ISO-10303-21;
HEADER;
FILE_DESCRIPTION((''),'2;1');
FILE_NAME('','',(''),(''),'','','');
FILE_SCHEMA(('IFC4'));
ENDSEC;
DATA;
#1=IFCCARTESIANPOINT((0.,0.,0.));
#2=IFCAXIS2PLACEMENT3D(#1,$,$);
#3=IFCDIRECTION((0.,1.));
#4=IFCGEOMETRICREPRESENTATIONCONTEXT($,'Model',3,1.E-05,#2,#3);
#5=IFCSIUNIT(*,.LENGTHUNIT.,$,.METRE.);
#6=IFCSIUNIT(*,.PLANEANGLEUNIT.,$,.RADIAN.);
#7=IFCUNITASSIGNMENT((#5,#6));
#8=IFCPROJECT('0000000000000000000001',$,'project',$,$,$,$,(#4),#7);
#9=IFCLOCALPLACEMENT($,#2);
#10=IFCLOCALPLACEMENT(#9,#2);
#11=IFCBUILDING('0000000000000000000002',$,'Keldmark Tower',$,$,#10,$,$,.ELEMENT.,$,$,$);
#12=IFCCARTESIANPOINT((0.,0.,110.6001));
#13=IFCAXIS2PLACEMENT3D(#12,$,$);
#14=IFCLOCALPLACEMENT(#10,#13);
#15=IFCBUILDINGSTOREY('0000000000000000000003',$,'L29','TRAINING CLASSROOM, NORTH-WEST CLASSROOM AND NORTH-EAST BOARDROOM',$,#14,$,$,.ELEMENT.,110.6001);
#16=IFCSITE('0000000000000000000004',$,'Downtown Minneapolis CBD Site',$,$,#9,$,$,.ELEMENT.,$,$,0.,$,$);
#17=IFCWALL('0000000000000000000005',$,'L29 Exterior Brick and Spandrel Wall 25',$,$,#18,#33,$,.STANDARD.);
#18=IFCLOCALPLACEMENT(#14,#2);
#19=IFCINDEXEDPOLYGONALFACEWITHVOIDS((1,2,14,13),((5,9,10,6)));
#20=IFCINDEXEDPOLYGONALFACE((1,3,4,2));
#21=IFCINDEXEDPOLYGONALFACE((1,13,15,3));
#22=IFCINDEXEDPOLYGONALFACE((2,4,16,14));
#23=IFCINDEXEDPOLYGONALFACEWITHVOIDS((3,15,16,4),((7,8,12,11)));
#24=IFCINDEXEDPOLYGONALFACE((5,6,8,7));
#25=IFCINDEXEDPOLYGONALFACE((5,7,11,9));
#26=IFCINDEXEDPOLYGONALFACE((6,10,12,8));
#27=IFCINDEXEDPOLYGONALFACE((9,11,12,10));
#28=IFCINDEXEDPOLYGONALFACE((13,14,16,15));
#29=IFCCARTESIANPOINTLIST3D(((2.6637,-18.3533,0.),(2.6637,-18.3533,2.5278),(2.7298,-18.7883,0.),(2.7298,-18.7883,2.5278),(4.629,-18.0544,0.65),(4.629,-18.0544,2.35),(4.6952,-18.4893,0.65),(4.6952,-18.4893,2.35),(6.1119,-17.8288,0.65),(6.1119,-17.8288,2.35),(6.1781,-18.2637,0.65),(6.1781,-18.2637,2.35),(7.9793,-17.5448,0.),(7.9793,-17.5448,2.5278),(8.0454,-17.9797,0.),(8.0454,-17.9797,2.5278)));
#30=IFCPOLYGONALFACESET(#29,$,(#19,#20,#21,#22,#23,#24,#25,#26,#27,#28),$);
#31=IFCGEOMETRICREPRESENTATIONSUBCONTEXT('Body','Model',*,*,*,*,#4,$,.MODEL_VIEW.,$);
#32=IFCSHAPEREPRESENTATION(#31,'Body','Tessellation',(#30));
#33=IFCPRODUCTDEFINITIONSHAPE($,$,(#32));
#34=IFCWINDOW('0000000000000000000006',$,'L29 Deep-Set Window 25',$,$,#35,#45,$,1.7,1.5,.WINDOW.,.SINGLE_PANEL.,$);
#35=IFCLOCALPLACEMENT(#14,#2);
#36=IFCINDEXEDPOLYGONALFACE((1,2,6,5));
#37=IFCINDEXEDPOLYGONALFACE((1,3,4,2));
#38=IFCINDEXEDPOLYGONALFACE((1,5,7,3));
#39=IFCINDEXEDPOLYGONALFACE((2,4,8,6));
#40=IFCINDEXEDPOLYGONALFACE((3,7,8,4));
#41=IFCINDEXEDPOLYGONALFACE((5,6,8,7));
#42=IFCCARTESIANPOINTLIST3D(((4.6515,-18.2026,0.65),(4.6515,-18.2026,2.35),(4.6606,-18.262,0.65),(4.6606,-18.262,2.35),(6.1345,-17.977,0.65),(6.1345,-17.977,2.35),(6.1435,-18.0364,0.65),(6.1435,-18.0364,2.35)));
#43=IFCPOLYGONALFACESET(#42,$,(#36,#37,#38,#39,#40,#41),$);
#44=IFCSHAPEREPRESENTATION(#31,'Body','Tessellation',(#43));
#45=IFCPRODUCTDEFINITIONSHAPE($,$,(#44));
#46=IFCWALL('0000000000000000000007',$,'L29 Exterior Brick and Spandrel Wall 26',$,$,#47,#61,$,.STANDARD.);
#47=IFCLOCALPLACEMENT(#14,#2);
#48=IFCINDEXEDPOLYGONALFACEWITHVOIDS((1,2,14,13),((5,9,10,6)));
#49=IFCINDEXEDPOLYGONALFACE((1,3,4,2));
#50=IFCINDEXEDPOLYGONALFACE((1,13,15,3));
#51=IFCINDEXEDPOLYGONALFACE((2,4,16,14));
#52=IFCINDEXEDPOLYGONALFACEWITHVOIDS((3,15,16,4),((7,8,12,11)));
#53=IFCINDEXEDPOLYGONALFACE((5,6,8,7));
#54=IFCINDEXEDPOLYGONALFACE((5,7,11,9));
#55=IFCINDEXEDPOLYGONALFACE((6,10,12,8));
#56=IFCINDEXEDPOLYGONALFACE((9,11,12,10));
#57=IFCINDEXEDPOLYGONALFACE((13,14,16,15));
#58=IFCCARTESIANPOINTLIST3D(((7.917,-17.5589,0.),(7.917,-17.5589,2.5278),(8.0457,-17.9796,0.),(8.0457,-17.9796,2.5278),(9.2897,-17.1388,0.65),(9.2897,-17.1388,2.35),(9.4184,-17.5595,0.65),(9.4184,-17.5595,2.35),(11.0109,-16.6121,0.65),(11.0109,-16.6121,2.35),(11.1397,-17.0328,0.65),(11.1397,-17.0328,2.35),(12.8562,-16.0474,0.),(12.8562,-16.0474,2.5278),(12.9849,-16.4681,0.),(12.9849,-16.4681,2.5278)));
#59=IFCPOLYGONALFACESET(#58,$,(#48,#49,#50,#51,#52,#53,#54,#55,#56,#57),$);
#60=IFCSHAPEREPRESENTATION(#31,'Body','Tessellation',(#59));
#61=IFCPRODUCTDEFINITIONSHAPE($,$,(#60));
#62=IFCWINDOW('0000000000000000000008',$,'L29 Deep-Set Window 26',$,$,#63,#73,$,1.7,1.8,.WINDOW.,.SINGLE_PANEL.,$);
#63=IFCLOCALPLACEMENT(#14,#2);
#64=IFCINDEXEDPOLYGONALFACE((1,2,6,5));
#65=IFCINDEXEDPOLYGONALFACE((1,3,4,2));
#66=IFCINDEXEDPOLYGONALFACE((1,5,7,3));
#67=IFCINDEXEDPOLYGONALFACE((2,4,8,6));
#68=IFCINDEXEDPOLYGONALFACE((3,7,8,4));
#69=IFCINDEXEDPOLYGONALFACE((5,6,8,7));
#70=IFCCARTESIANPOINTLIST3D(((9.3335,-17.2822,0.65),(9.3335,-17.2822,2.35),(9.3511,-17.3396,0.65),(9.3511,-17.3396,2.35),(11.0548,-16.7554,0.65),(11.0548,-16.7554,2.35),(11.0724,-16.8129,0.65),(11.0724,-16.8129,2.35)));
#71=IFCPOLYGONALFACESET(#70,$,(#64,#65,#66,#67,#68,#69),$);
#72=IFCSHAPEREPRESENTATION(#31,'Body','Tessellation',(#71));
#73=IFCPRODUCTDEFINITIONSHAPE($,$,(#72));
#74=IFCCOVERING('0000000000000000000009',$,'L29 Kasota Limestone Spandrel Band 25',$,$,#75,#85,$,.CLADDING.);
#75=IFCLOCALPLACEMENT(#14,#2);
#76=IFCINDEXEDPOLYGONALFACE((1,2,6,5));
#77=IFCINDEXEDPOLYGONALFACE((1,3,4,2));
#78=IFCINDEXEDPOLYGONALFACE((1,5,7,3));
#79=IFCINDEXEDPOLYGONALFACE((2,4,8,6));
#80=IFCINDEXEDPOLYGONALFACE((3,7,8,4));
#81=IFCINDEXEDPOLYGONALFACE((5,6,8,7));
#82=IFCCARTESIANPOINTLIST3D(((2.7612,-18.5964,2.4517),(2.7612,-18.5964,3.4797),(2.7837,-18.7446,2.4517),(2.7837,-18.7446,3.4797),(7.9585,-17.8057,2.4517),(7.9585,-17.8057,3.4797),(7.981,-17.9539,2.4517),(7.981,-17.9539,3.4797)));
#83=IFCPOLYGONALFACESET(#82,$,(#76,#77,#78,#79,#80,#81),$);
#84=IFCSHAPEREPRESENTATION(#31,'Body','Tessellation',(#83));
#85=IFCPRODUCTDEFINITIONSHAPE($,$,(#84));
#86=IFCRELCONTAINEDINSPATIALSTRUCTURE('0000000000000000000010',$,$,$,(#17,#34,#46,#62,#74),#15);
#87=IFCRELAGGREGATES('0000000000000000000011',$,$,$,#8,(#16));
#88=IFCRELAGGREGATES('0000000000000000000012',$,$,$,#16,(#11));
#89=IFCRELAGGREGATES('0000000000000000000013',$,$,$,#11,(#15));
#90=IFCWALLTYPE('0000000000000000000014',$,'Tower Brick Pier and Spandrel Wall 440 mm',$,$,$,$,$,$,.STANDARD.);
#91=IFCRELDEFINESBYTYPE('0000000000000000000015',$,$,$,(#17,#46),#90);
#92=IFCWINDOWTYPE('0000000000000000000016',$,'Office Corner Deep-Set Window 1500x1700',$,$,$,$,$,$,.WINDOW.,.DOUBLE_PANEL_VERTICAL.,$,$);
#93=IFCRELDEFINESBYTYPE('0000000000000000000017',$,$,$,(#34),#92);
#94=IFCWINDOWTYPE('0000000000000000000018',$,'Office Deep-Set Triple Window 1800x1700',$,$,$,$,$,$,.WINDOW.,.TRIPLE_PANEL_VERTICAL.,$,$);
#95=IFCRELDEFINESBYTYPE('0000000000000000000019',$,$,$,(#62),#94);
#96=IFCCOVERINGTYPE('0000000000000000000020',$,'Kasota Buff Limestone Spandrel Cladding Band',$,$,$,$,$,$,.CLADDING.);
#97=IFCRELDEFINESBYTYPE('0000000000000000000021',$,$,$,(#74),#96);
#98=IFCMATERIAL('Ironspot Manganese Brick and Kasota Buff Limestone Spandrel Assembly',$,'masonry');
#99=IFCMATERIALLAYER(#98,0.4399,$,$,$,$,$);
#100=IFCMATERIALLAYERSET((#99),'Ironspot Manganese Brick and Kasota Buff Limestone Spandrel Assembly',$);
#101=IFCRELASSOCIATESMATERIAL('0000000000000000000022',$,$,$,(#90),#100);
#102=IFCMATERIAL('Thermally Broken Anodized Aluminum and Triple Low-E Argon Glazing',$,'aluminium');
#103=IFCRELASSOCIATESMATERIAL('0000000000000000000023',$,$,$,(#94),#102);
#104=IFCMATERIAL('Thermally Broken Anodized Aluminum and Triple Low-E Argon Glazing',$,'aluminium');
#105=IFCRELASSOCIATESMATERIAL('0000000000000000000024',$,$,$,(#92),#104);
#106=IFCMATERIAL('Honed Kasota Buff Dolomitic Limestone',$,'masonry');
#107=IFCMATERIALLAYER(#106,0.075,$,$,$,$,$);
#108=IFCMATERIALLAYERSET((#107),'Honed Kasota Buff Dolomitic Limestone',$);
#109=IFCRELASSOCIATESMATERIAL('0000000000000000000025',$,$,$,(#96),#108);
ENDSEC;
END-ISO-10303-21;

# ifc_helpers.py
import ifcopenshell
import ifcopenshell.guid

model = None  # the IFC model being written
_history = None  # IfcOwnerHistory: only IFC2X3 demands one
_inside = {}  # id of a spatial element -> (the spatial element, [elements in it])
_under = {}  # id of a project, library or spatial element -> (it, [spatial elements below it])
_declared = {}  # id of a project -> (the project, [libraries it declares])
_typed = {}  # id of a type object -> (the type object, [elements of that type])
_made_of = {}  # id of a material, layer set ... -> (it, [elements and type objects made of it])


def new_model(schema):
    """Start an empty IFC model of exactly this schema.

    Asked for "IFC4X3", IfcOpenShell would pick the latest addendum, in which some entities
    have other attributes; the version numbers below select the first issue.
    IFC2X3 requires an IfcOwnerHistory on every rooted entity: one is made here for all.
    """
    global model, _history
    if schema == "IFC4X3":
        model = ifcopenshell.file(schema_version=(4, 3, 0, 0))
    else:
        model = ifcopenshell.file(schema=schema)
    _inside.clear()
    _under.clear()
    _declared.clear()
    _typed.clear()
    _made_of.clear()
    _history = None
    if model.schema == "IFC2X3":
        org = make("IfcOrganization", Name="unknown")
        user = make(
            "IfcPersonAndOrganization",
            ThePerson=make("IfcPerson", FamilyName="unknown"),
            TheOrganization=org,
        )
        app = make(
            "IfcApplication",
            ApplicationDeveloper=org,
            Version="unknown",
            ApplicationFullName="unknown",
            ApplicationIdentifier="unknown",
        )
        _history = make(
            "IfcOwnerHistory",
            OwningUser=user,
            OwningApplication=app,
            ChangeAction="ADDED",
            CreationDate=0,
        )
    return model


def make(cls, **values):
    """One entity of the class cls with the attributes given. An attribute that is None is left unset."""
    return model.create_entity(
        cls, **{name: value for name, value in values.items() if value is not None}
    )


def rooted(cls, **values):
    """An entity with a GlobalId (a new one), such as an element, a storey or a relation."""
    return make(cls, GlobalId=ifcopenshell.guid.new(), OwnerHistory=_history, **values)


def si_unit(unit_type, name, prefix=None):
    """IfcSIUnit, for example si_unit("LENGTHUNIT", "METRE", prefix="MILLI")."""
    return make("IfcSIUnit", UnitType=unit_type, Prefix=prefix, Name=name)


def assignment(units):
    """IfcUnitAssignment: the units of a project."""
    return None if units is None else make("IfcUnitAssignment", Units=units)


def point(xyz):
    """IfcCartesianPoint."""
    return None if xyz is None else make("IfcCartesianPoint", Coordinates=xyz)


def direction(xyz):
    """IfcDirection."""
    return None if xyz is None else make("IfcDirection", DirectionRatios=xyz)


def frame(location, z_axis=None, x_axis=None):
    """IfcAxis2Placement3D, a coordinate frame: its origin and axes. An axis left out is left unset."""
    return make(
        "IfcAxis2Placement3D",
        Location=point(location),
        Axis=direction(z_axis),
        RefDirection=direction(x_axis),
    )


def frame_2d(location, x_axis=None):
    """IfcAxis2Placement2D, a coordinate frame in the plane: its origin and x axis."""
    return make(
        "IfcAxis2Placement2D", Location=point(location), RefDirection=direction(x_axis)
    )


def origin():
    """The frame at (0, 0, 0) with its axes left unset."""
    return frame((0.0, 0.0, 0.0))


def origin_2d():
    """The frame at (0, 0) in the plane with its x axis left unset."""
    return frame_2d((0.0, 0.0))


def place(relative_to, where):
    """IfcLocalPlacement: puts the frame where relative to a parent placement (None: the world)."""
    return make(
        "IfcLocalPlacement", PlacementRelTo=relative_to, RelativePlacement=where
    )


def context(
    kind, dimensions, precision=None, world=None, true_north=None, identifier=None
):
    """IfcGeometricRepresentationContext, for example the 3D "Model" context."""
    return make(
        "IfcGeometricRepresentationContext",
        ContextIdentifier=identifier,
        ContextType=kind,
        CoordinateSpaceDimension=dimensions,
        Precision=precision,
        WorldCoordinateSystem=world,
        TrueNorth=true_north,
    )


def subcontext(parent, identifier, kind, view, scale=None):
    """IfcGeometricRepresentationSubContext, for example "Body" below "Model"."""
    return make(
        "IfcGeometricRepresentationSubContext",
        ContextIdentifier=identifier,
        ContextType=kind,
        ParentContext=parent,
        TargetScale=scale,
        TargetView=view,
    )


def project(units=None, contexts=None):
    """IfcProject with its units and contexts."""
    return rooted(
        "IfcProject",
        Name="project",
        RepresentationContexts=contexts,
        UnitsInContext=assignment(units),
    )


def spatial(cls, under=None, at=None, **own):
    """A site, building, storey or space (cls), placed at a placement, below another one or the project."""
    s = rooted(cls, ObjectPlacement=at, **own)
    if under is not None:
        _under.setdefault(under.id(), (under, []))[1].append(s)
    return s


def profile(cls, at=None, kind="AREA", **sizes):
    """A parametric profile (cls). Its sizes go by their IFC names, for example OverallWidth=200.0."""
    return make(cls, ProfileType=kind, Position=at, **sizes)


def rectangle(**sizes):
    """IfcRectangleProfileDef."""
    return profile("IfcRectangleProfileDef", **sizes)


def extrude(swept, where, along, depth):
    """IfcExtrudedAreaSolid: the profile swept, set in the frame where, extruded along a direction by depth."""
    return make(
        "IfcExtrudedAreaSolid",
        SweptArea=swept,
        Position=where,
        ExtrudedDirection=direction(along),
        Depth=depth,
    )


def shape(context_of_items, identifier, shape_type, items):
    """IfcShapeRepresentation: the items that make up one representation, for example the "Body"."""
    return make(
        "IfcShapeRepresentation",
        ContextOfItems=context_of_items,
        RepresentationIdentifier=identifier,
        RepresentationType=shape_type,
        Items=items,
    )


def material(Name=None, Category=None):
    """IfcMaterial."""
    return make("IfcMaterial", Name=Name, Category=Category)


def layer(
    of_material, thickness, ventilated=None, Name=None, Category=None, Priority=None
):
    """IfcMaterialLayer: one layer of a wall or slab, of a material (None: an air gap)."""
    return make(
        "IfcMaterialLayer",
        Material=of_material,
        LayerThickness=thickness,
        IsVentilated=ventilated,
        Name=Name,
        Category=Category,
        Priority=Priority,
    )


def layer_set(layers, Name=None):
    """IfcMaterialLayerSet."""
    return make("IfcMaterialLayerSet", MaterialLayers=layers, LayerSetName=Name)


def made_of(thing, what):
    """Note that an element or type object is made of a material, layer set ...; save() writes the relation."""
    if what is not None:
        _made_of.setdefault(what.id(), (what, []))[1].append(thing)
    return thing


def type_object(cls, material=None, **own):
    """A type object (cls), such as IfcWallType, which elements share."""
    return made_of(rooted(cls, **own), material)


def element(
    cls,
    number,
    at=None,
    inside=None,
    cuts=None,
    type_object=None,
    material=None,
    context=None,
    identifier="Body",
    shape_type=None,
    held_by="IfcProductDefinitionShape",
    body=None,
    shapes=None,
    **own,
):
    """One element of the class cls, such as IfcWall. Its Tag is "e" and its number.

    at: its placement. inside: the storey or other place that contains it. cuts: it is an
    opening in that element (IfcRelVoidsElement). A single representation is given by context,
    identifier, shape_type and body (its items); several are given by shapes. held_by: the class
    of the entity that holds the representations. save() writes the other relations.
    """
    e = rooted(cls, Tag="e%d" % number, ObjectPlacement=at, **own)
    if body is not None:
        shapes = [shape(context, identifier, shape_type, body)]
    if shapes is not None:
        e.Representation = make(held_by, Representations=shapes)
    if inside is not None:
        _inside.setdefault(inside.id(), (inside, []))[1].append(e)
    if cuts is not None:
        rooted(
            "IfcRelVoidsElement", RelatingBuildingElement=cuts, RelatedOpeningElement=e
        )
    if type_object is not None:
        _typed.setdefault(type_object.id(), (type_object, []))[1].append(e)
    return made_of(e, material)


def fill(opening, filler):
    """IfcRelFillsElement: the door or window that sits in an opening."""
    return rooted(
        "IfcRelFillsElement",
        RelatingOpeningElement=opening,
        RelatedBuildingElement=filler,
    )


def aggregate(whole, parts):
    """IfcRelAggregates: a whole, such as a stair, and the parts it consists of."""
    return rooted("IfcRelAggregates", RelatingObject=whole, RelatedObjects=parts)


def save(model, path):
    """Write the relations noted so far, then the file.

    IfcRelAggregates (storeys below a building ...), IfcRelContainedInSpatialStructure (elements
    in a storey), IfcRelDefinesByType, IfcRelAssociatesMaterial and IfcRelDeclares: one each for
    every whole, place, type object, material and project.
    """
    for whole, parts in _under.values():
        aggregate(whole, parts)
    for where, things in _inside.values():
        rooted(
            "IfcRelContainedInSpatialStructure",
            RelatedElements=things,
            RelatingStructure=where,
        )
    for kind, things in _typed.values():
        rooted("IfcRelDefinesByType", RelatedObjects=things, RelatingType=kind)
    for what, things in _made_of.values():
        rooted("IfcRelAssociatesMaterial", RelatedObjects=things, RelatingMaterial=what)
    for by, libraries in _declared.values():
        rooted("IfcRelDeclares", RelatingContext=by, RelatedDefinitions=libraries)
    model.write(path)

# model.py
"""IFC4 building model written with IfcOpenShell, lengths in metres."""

from ifc_helpers import new_model, si_unit, direction, frame, frame_2d, origin, origin_2d, place, context, subcontext, project, spatial, rectangle, extrude, material, layer, layer_set, type_object, element, fill, save


model = new_model("IFC4")

# Units and contexts
model_context = context("Model", 3, precision=1e-05, world=origin(), true_north=direction((0.0, 1.0)))
body_context = subcontext(model_context, "Body", "Model", "MODEL_VIEW")
ifc_project = project(units=[si_unit("LENGTHUNIT", "METRE"), si_unit("PLANEANGLEUNIT", "RADIAN")], contexts=[model_context])

# Site, building, storey
site_placement = place(None, origin())
site = spatial("IfcSite", under=ifc_project, at=site_placement, Name="Downtown Minneapolis CBD Site", CompositionType="ELEMENT", RefElevation=0.0)
building_placement = place(site_placement, origin())
building = spatial("IfcBuilding", under=site, at=building_placement, Name="Keldmark Tower", CompositionType="ELEMENT")
storey_placement = place(building_placement, frame((0.0, 0.0, 110.6001)))
storey = spatial("IfcBuildingStorey", under=building, at=storey_placement, Name="L29", Description="TRAINING CLASSROOM, NORTH-WEST CLASSROOM AND NORTH-EAST BOARDROOM", CompositionType="ELEMENT", Elevation=110.6001)

# Walls, openings, windows
ifc_material_1 = material(Name="Ironspot Manganese Brick and Kasota Buff Limestone Spandrel Assembly", Category="masonry")
ifc_layer_1 = layer(ifc_material_1, 0.4399)
ifc_layer_set_1 = layer_set([ifc_layer_1], Name="Ironspot Manganese Brick and Kasota Buff Limestone Spandrel Assembly")
wall_type_1 = type_object("IfcWallType", Name="Tower Brick Pier and Spandrel Wall 440 mm", PredefinedType="STANDARD", material=ifc_layer_set_1)
ifc_material_2 = material(Name="Thermally Broken Anodized Aluminum and Triple Low-E Argon Glazing", Category="aluminium")
window_type_1 = type_object("IfcWindowType", Name="Office Deep-Set Triple Window 1800x1700", PartitioningType="TRIPLE_PANEL_VERTICAL", PredefinedType="WINDOW", material=ifc_material_2)
wall_1_placement = place(storey_placement, frame((8.0125, -17.7622, 0.0), z_axis=(0.0, 0.0, 1.0), x_axis=(-0.988627, -0.150385, 0.0)))
wall_1 = element("IfcWall", 1, at=wall_1_placement, inside=storey, type_object=wall_type_1, Name="L29 Exterior Brick and Spandrel Wall 25", PredefinedType="STANDARD", context=body_context, shape_type="SweptSolid", body=[
    extrude(rectangle(XDim=5.3767, YDim=0.4399, at=frame_2d((2.6885, 0.0))), origin(), (0.0, 0.0, 1.0), 2.5278),
])
opening_1_placement = place(wall_1_placement, frame((1.8889, 0.0, 0.6499)))
opening_1 = element("IfcOpeningElement", 2, at=opening_1_placement, cuts=wall_1, PredefinedType="OPENING", context=body_context, shape_type="SweptSolid", body=[
    extrude(rectangle(XDim=1.5, YDim=1.7, at=frame_2d((0.75, 0.8501))), frame((0.0, 0.23, 0.0), z_axis=(0.0, -1.0, 0.0), x_axis=(1.0, 0.0, 0.0)), (0.0, 0.0, 1.0), 0.46),
])
ifc_material_3 = material(Name="Thermally Broken Anodized Aluminum and Triple Low-E Argon Glazing", Category="aluminium")
window_type_2 = type_object("IfcWindowType", Name="Office Corner Deep-Set Window 1500x1700", PartitioningType="DOUBLE_PANEL_VERTICAL", PredefinedType="WINDOW", material=ifc_material_3)
window_1_placement = place(opening_1_placement, origin())
window_1 = element("IfcWindow", 3, at=window_1_placement, inside=storey, type_object=window_type_2, Name="L29 Deep-Set Window 25", OverallHeight=1.7, OverallWidth=1.5, PartitioningType="SINGLE_PANEL", PredefinedType="WINDOW", context=body_context, shape_type="SweptSolid", body=[
    extrude(rectangle(XDim=1.5, YDim=1.7, at=frame_2d((0.75, 0.8501))), frame((0.0, -0.01, 0.0), z_axis=(0.0, -1.0, 0.0), x_axis=(1.0, 0.0, 0.0)), (0.0, 0.0, 1.0), 0.0601),
])
fill(opening_1, window_1)
wall_2_placement = place(storey_placement, frame((12.9204, -16.2578, 0.0), z_axis=(0.0, 0.0, 1.0), x_axis=(-0.956229, -0.292621, 0.0)))
wall_2 = element("IfcWall", 4, at=wall_2_placement, inside=storey, type_object=wall_type_1, Name="L29 Exterior Brick and Spandrel Wall 26", PredefinedType="STANDARD", context=body_context, shape_type="SweptSolid", body=[
    extrude(rectangle(XDim=5.1653, YDim=0.4399, at=frame_2d((2.5825, 0.0))), origin(), (0.0, 0.0, 1.0), 2.5278),
])
opening_2_placement = place(wall_2_placement, frame((1.9297, 0.0, 0.6499)))
opening_2 = element("IfcOpeningElement", 5, at=opening_2_placement, cuts=wall_2, PredefinedType="OPENING", context=body_context, shape_type="SweptSolid", body=[
    extrude(rectangle(XDim=1.8, YDim=1.7, at=frame_2d((0.8999, 0.8501))), frame((0.0, 0.23, 0.0), z_axis=(0.0, -1.0, 0.0), x_axis=(1.0, 0.0, 0.0)), (0.0, 0.0, 1.0), 0.46),
])
window_2_placement = place(opening_2_placement, origin())
window_2 = element("IfcWindow", 6, at=window_2_placement, inside=storey, type_object=window_type_1, Name="L29 Deep-Set Window 26", OverallHeight=1.7, OverallWidth=1.8, PartitioningType="SINGLE_PANEL", PredefinedType="WINDOW", context=body_context, shape_type="SweptSolid", body=[
    extrude(rectangle(XDim=1.8, YDim=1.7, at=frame_2d((0.8999, 0.8501))), frame((0.0, -0.01, 0.0), z_axis=(0.0, -1.0, 0.0), x_axis=(1.0, 0.0, 0.0)), (0.0, 0.0, 1.0), 0.0601),
])
fill(opening_2, window_2)

# Covering
ifc_material_4 = material(Name="Honed Kasota Buff Dolomitic Limestone", Category="masonry")
ifc_layer_2 = layer(ifc_material_4, 0.075)
ifc_layer_set_2 = layer_set([ifc_layer_2], Name="Honed Kasota Buff Dolomitic Limestone")
covering_type = type_object("IfcCoveringType", Name="Kasota Buff Limestone Spandrel Cladding Band", PredefinedType="CLADDING", material=ifc_layer_set_2)
covering_placement = place(storey_placement, frame((5.3711, -18.2751, 2.4517), z_axis=(0.0, 0.0, 1.0), x_axis=(0.988623, 0.150415, 0.0)))
element("IfcCovering", 7, at=covering_placement, inside=storey, type_object=covering_type, Name="L29 Kasota Limestone Spandrel Band 25", PredefinedType="CLADDING", context=body_context, shape_type="SweptSolid", body=[
    extrude(rectangle(XDim=5.2571, YDim=0.1499, at=origin_2d()), origin(), (0.0, 0.0, 1.0), 1.0281),
])

save(model, "model.ifc")
